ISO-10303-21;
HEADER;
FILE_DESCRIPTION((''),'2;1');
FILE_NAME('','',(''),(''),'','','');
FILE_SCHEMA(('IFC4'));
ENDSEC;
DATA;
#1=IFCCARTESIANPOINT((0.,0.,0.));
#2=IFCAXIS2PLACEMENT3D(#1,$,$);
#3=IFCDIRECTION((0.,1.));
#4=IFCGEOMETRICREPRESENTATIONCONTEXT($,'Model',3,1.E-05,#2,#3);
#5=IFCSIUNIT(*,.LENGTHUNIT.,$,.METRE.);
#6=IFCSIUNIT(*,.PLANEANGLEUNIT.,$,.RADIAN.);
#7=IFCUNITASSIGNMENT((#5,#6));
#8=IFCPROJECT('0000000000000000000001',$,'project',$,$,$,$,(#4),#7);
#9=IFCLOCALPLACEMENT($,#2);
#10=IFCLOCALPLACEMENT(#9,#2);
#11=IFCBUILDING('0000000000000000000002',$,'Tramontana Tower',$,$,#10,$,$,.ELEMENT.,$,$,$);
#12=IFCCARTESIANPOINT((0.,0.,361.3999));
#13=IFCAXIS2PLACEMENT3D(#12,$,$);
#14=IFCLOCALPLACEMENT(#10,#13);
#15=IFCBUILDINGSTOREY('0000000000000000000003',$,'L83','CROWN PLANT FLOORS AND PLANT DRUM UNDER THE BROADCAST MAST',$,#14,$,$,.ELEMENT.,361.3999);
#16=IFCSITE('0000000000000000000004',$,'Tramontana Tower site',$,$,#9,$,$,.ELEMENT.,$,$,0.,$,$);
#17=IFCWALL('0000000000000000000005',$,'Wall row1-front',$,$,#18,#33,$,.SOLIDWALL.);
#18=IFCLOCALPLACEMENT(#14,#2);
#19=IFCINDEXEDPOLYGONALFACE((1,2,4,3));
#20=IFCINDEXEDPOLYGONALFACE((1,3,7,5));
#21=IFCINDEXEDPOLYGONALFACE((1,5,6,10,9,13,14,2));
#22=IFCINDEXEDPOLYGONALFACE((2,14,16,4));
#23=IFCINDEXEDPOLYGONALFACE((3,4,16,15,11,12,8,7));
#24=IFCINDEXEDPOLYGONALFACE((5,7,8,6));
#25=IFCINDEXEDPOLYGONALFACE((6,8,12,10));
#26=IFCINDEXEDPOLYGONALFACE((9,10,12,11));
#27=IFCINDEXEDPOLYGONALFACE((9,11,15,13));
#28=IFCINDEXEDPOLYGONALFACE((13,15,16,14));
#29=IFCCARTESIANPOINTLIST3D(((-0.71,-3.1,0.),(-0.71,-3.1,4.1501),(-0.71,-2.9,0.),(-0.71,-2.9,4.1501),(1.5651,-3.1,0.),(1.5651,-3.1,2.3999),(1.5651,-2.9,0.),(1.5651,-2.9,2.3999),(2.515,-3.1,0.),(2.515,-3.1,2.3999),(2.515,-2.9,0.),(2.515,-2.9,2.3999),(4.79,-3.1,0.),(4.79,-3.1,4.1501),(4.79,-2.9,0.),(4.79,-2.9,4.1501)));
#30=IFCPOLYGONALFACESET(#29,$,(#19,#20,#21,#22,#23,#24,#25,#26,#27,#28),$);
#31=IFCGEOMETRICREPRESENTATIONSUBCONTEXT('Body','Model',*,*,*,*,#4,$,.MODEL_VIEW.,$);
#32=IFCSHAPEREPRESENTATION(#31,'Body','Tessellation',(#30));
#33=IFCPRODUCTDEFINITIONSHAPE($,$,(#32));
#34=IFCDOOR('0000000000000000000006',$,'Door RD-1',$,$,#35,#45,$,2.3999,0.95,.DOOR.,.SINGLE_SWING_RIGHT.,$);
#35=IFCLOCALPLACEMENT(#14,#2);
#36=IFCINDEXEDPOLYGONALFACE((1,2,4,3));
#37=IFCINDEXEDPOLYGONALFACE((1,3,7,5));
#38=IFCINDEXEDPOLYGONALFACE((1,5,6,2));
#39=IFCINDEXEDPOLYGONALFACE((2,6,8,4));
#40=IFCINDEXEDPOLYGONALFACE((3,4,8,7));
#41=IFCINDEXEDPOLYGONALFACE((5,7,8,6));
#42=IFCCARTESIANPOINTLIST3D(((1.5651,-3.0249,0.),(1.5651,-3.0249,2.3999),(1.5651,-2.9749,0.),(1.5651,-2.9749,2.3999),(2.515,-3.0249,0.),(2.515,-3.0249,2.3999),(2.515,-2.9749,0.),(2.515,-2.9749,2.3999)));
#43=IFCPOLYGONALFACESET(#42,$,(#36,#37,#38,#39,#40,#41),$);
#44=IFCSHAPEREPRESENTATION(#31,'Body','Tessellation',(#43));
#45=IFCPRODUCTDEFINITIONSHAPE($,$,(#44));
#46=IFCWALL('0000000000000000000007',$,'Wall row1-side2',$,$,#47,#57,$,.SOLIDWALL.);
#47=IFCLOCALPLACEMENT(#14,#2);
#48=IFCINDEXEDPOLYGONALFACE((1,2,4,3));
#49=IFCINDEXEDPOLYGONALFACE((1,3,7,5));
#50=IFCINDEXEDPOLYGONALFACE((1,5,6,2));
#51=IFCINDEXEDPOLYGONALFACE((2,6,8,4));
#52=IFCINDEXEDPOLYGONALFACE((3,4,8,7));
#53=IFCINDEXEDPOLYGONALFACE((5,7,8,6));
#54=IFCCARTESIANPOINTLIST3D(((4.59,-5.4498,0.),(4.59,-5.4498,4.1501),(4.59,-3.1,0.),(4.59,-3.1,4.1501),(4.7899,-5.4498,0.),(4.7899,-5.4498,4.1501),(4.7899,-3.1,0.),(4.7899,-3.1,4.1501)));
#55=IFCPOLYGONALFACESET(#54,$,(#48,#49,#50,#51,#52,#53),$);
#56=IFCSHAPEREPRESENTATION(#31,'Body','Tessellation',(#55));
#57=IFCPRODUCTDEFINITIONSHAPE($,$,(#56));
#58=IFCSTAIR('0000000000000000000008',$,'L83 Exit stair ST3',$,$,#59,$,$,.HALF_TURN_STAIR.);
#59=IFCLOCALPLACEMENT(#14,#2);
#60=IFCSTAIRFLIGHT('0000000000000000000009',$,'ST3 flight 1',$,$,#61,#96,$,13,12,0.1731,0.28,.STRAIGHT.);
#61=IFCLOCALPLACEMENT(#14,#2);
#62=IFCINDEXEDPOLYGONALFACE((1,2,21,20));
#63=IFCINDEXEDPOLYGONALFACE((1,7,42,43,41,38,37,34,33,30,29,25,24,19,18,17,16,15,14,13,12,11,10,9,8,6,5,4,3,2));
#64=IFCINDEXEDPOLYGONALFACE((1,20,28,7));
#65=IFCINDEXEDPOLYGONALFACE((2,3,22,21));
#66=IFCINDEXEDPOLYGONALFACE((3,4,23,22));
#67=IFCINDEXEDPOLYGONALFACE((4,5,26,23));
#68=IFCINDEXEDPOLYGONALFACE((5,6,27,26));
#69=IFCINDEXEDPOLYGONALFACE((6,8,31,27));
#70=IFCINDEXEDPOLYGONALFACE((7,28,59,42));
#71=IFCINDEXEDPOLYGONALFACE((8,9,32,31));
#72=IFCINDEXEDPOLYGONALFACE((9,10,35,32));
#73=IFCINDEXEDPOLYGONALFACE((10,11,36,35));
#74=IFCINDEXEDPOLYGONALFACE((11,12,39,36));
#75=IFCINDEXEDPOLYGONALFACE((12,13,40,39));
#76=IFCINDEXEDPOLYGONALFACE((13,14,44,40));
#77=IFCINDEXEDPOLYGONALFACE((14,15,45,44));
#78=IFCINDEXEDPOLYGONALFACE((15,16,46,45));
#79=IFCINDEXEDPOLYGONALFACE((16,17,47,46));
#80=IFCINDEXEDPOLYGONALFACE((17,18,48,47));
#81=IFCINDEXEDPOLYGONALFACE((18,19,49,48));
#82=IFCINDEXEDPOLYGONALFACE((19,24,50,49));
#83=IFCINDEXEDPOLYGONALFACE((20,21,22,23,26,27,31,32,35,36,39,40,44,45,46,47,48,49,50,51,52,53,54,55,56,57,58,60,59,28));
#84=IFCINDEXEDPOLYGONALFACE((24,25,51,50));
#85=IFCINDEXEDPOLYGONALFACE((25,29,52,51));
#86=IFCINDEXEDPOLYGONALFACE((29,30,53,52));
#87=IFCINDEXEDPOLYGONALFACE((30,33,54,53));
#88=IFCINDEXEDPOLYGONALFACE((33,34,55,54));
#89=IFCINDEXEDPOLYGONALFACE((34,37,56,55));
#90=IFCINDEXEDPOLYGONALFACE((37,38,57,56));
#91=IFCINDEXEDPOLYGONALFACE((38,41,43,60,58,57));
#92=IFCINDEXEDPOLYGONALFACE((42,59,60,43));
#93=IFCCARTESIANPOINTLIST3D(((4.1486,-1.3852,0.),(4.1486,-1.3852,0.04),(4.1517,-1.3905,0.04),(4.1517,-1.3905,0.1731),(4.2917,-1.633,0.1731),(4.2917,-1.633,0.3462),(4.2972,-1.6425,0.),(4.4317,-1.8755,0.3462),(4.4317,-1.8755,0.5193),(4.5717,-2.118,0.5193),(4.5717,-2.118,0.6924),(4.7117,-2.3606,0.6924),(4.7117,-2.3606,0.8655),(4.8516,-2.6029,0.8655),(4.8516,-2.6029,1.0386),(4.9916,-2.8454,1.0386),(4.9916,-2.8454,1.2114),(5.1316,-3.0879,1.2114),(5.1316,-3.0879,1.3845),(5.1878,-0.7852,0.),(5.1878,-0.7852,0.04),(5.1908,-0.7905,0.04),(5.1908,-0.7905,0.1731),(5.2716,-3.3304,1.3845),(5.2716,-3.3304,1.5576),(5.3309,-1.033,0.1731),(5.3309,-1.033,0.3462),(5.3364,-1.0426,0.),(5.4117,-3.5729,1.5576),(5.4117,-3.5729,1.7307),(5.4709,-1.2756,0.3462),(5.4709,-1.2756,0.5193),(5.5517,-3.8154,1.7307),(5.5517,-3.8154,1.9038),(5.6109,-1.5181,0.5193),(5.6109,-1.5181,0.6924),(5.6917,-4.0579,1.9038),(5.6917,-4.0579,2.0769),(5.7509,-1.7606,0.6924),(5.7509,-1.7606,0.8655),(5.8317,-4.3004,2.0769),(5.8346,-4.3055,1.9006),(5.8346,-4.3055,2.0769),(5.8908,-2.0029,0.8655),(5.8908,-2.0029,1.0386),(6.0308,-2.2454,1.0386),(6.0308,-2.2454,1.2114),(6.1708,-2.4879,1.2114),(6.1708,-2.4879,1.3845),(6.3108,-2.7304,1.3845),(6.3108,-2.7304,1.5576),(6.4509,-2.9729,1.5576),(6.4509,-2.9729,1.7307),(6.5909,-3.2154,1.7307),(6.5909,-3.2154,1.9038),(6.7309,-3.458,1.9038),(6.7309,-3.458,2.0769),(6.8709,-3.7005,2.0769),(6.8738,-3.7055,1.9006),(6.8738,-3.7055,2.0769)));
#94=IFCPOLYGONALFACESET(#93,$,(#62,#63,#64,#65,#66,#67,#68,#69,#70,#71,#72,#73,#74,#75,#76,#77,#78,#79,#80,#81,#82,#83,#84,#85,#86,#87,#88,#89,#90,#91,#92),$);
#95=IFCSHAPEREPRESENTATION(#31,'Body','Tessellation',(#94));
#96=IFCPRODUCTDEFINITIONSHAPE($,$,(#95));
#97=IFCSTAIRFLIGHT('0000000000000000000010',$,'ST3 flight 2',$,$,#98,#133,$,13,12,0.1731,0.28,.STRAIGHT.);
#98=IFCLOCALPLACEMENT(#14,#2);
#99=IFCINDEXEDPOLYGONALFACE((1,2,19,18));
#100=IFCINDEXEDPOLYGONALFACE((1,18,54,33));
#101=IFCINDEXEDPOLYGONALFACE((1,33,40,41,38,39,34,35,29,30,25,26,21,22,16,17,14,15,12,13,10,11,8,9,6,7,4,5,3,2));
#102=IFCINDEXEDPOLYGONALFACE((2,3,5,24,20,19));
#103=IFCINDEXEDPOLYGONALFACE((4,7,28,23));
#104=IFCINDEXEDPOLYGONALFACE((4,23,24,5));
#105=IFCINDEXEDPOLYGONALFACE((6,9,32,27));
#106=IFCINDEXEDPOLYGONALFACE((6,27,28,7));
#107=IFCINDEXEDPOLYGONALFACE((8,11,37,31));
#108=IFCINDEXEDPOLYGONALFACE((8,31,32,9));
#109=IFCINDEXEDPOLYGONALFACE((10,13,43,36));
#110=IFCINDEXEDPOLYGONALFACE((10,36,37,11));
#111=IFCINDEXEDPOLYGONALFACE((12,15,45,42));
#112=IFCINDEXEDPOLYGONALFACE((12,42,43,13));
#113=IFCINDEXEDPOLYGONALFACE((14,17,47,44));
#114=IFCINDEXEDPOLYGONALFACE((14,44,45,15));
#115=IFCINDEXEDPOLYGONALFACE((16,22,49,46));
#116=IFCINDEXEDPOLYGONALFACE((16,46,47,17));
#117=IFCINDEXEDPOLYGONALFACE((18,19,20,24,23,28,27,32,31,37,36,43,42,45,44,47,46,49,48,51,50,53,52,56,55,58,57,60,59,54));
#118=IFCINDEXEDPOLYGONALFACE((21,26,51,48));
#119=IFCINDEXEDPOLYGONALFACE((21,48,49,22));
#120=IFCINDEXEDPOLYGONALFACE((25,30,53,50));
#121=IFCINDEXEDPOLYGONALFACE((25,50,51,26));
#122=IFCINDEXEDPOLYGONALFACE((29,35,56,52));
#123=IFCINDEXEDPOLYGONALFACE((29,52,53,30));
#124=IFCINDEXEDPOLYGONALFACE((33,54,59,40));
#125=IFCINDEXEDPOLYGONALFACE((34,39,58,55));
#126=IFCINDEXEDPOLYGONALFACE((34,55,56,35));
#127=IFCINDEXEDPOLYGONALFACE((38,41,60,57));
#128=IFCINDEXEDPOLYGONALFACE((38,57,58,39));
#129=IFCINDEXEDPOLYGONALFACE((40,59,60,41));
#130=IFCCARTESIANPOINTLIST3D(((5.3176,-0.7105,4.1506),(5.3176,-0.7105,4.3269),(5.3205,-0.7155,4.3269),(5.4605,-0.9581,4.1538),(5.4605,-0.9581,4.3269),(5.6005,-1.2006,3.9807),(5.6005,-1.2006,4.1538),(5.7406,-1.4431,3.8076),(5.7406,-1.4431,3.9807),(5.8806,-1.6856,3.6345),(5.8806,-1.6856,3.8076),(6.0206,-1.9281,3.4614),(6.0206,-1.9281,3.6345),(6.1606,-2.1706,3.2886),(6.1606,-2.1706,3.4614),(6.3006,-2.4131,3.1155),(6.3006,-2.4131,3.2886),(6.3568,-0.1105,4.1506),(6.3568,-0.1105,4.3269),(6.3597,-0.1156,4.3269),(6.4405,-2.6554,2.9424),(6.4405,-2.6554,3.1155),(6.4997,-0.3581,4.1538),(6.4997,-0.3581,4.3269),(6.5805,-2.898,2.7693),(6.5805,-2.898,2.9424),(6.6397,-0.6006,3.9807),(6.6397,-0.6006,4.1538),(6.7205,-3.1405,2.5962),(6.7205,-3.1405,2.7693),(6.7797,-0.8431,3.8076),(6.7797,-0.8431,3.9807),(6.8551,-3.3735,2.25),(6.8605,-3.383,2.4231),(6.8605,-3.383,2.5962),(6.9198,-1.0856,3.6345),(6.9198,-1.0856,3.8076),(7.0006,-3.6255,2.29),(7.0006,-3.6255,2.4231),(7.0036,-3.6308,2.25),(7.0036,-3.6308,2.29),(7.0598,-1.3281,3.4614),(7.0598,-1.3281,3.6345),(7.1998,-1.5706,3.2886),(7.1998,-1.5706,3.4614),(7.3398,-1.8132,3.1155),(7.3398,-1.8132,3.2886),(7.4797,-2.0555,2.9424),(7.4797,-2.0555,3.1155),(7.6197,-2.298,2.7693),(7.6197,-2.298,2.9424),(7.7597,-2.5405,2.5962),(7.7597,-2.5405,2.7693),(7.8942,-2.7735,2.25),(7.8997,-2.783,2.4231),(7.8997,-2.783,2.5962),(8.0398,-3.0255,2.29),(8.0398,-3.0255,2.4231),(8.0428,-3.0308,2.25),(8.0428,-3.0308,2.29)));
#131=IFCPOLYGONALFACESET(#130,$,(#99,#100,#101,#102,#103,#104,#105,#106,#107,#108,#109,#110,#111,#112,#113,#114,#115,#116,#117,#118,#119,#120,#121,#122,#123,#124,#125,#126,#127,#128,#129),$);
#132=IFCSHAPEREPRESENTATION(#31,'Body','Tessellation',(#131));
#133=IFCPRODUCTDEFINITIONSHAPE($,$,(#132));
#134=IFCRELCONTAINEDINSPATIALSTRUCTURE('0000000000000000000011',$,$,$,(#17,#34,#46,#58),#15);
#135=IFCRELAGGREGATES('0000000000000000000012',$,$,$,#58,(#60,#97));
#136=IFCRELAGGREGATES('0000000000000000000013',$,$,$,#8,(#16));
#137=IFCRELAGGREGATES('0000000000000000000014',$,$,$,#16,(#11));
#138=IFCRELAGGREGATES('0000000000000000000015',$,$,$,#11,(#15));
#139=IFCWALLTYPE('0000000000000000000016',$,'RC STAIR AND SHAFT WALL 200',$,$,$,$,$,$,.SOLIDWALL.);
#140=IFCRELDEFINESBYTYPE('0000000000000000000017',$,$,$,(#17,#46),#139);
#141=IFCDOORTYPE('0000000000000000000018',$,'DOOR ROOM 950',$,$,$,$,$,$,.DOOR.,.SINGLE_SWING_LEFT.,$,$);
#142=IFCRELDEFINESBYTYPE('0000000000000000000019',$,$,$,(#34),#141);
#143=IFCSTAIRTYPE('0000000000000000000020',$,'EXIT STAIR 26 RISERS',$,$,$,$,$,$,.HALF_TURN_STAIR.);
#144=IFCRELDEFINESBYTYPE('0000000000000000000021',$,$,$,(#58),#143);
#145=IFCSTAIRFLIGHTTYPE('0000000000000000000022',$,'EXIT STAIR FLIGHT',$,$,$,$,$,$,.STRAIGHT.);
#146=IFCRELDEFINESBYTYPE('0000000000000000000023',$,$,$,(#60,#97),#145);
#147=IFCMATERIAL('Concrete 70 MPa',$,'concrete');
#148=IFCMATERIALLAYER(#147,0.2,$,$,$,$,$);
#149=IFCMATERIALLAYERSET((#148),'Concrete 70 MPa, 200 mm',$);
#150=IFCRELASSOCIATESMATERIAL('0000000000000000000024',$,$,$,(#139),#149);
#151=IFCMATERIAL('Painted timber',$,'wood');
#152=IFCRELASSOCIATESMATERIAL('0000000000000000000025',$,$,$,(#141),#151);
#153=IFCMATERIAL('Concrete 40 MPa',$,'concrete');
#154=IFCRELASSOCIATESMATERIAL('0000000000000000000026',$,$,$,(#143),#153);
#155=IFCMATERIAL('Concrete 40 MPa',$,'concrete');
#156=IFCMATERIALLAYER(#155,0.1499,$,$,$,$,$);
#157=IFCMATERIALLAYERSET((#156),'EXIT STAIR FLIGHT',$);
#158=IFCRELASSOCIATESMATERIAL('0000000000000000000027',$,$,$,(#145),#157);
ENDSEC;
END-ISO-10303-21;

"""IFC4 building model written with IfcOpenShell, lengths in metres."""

from ifc_helpers import new_model, si_unit, direction, frame, frame_2d, origin, place, context, subcontext, project, spatial, polyline, rectangle, outline, extrude, material, layer, layer_set, type_object, element, fill, aggregate, save


model = new_model("IFC4")

# Units and contexts
model_context = context("Model", 3, precision=1e-05, world=origin(), true_north=direction((0.0, 1.0)))
body_context = subcontext(model_context, "Body", "Model", "MODEL_VIEW")
ifc_project = project(units=[si_unit("LENGTHUNIT", "METRE"), si_unit("PLANEANGLEUNIT", "RADIAN")], contexts=[model_context])

# Site, building, storey
site_placement = place(None, origin())
site = spatial("IfcSite", under=ifc_project, at=site_placement, Name="Tramontana Tower site", CompositionType="ELEMENT", RefElevation=0.0)
building_placement = place(site_placement, origin())
building = spatial("IfcBuilding", under=site, at=building_placement, Name="Tramontana Tower", CompositionType="ELEMENT")
storey_placement = place(building_placement, frame((0.0, 0.0, 361.3999)))
storey = spatial("IfcBuildingStorey", under=building, at=storey_placement, Name="L83", Description="CROWN PLANT FLOORS AND PLANT DRUM UNDER THE BROADCAST MAST", CompositionType="ELEMENT", Elevation=361.3999)

# Shared definitions
ifc_material_1 = material(Name="Concrete 70 MPa", Category="concrete")
ifc_layer_1 = layer(ifc_material_1, 0.2)
ifc_layer_set_1 = layer_set([ifc_layer_1], Name="Concrete 70 MPa, 200 mm")
wall_type_1 = type_object("IfcWallType", Name="RC STAIR AND SHAFT WALL 200", PredefinedType="SOLIDWALL", material=ifc_layer_set_1)

# Wall, opening, door
wall_1_placement = place(storey_placement, frame((4.79, -3.0, 0.0), z_axis=(0.0, 0.0, 1.0), x_axis=(-1.0, 0.0, 0.0)))
wall_1 = element("IfcWall", 1, at=wall_1_placement, inside=storey, type_object=wall_type_1, Name="Wall row1-front", PredefinedType="SOLIDWALL", context=body_context, shape_type="SweptSolid", body=[
    extrude(rectangle(XDim=5.5, YDim=0.2, at=frame_2d((2.75, 0.0))), origin(), (0.0, 0.0, 1.0), 4.1501),
])
opening_1_placement = place(wall_1_placement, frame((2.2749, 0.0, 0.0)))
opening_1 = element("IfcOpeningElement", 2, at=opening_1_placement, cuts=wall_1, PredefinedType="OPENING", context=body_context, shape_type="SweptSolid", body=[
    extrude(rectangle(XDim=0.95, YDim=2.3999, at=frame_2d((0.4751, 1.2))), frame((0.0, 0.1099, 0.0), z_axis=(0.0, -1.0, 0.0), x_axis=(1.0, 0.0, 0.0)), (0.0, 0.0, 1.0), 0.22),
])
ifc_material_2 = material(Name="Painted timber", Category="wood")
door_type_1 = type_object("IfcDoorType", Name="DOOR ROOM 950", OperationType="SINGLE_SWING_LEFT", PredefinedType="DOOR", material=ifc_material_2)
door_1_placement = place(opening_1_placement, origin())
door_1 = element("IfcDoor", 3, at=door_1_placement, inside=storey, type_object=door_type_1, Name="Door RD-1", OperationType="SINGLE_SWING_RIGHT", OverallHeight=2.3999, OverallWidth=0.95, PredefinedType="DOOR", context=body_context, shape_type="SweptSolid", body=[
    extrude(rectangle(XDim=0.95, YDim=2.3999, at=frame_2d((0.4751, 1.2))), frame((0.0, 0.0249, 0.0), z_axis=(0.0, -1.0, 0.0), x_axis=(1.0, 0.0, 0.0)), (0.0, 0.0, 1.0), 0.05),
])
fill(opening_1, door_1)

# Wall
wall_2_placement = place(storey_placement, frame((4.6899, -3.1001, 0.0), z_axis=(0.0, 0.0, 1.0), x_axis=(0.0, -1.0, 0.0)))
element("IfcWall", 4, at=wall_2_placement, inside=storey, type_object=wall_type_1, Name="Wall row1-side2", PredefinedType="SOLIDWALL", context=body_context, shape_type="SweptSolid", body=[
    extrude(rectangle(XDim=2.3499, YDim=0.2, at=frame_2d((1.1748, 0.0))), origin(), (0.0, 0.0, 1.0), 4.1501),
])

# Stair, stair flights
ifc_material_3 = material(Name="Concrete 40 MPa", Category="concrete")
stair_type = type_object("IfcStairType", Name="EXIT STAIR 26 RISERS", PredefinedType="HALF_TURN_STAIR", material=ifc_material_3)
stair_placement = place(storey_placement, origin())
stair = element("IfcStair", 5, at=stair_placement, inside=storey, type_object=stair_type, Name="L83 Exit stair ST3", PredefinedType="HALF_TURN_STAIR")
ifc_material_4 = material(Name="Concrete 40 MPa", Category="concrete")
ifc_layer_2 = layer(ifc_material_4, 0.1499)
ifc_layer_set_2 = layer_set([ifc_layer_2], Name="EXIT STAIR FLIGHT")
stair_flight_type = type_object("IfcStairFlightType", Name="EXIT STAIR FLIGHT", PredefinedType="STRAIGHT", material=ifc_layer_set_2)
stair_flight_1_placement = place(storey_placement, frame((4.6711, -1.0906, 0.0), z_axis=(0.0, 0.0, 1.0), x_axis=(0.5, -0.866025, 0.0)))
stair_flight_1 = element("IfcStairFlight", 6, at=stair_flight_1_placement, type_object=stair_flight_type, Name="ST3 flight 1", NumberOfRisers=13, NumberOfTreads=12, PredefinedType="STRAIGHT", RiserHeight=0.1731, TreadLength=0.28, context=body_context, shape_type="SweptSolid", body=[
    extrude(outline(polyline([(-0.0061, 0.0), (-0.0061, 0.04), (0.0, 0.04), (0.0, 0.1731), (0.28, 0.1731), (0.28, 0.3462), (0.5601, 0.3462), (0.5601, 0.5193), (0.8401, 0.5193), (0.8401, 0.6924), (1.1201, 0.6924), (1.1201, 0.8655), (1.3999, 0.8655), (1.3999, 1.0386), (1.6799, 1.0386), (1.6799, 1.2114), (1.96, 1.2114), (1.96, 1.3845), (2.24, 1.3845), (2.24, 1.5576), (2.52, 1.5576), (2.52, 1.7307), (2.8, 1.7307), (2.8, 1.9038), (3.0801, 1.9038), (3.0801, 2.0769), (3.3601, 2.0769), (3.366, 2.0769), (3.366, 1.9006), (0.291, 0.0), (-0.0061, 0.0)])), frame((0.0, 0.6001, 0.0), z_axis=(0.0, -1.0, 0.0), x_axis=(1.0, 0.0, 0.0)), (0.0, 0.0, 1.0), 1.2),
])
stair_flight_2_placement = place(storey_placement, frame((7.5203, -3.3254, 2.25), z_axis=(0.0, 0.0, 1.0), x_axis=(-0.5, 0.866025, 0.0)))
stair_flight_2 = element("IfcStairFlight", 7, at=stair_flight_2_placement, type_object=stair_flight_type, Name="ST3 flight 2", NumberOfRisers=13, NumberOfTreads=12, PredefinedType="STRAIGHT", RiserHeight=0.1731, TreadLength=0.28, context=body_context, shape_type="SweptSolid", body=[
    extrude(outline(polyline([(-0.0061, 0.0), (-0.0061, 0.04), (0.0, 0.04), (0.0, 0.1731), (0.28, 0.1731), (0.28, 0.3462), (0.5601, 0.3462), (0.5601, 0.5193), (0.8401, 0.5193), (0.8401, 0.6924), (1.1201, 0.6924), (1.1201, 0.8655), (1.3999, 0.8655), (1.3999, 1.0386), (1.6799, 1.0386), (1.6799, 1.2114), (1.96, 1.2114), (1.96, 1.3845), (2.24, 1.3845), (2.24, 1.5576), (2.52, 1.5576), (2.52, 1.7307), (2.8, 1.7307), (2.8, 1.9038), (3.0801, 1.9038), (3.0801, 2.0769), (3.3601, 2.0769), (3.366, 2.0769), (3.366, 1.9006), (0.291, 0.0), (-0.0061, 0.0)])), frame((0.0, 0.6001, 0.0), z_axis=(0.0, -1.0, 0.0), x_axis=(1.0, 0.0, 0.0)), (0.0, 0.0, 1.0), 1.2),
])
aggregate(stair, [stair_flight_1, stair_flight_2])

save(model, "model.ifc")
